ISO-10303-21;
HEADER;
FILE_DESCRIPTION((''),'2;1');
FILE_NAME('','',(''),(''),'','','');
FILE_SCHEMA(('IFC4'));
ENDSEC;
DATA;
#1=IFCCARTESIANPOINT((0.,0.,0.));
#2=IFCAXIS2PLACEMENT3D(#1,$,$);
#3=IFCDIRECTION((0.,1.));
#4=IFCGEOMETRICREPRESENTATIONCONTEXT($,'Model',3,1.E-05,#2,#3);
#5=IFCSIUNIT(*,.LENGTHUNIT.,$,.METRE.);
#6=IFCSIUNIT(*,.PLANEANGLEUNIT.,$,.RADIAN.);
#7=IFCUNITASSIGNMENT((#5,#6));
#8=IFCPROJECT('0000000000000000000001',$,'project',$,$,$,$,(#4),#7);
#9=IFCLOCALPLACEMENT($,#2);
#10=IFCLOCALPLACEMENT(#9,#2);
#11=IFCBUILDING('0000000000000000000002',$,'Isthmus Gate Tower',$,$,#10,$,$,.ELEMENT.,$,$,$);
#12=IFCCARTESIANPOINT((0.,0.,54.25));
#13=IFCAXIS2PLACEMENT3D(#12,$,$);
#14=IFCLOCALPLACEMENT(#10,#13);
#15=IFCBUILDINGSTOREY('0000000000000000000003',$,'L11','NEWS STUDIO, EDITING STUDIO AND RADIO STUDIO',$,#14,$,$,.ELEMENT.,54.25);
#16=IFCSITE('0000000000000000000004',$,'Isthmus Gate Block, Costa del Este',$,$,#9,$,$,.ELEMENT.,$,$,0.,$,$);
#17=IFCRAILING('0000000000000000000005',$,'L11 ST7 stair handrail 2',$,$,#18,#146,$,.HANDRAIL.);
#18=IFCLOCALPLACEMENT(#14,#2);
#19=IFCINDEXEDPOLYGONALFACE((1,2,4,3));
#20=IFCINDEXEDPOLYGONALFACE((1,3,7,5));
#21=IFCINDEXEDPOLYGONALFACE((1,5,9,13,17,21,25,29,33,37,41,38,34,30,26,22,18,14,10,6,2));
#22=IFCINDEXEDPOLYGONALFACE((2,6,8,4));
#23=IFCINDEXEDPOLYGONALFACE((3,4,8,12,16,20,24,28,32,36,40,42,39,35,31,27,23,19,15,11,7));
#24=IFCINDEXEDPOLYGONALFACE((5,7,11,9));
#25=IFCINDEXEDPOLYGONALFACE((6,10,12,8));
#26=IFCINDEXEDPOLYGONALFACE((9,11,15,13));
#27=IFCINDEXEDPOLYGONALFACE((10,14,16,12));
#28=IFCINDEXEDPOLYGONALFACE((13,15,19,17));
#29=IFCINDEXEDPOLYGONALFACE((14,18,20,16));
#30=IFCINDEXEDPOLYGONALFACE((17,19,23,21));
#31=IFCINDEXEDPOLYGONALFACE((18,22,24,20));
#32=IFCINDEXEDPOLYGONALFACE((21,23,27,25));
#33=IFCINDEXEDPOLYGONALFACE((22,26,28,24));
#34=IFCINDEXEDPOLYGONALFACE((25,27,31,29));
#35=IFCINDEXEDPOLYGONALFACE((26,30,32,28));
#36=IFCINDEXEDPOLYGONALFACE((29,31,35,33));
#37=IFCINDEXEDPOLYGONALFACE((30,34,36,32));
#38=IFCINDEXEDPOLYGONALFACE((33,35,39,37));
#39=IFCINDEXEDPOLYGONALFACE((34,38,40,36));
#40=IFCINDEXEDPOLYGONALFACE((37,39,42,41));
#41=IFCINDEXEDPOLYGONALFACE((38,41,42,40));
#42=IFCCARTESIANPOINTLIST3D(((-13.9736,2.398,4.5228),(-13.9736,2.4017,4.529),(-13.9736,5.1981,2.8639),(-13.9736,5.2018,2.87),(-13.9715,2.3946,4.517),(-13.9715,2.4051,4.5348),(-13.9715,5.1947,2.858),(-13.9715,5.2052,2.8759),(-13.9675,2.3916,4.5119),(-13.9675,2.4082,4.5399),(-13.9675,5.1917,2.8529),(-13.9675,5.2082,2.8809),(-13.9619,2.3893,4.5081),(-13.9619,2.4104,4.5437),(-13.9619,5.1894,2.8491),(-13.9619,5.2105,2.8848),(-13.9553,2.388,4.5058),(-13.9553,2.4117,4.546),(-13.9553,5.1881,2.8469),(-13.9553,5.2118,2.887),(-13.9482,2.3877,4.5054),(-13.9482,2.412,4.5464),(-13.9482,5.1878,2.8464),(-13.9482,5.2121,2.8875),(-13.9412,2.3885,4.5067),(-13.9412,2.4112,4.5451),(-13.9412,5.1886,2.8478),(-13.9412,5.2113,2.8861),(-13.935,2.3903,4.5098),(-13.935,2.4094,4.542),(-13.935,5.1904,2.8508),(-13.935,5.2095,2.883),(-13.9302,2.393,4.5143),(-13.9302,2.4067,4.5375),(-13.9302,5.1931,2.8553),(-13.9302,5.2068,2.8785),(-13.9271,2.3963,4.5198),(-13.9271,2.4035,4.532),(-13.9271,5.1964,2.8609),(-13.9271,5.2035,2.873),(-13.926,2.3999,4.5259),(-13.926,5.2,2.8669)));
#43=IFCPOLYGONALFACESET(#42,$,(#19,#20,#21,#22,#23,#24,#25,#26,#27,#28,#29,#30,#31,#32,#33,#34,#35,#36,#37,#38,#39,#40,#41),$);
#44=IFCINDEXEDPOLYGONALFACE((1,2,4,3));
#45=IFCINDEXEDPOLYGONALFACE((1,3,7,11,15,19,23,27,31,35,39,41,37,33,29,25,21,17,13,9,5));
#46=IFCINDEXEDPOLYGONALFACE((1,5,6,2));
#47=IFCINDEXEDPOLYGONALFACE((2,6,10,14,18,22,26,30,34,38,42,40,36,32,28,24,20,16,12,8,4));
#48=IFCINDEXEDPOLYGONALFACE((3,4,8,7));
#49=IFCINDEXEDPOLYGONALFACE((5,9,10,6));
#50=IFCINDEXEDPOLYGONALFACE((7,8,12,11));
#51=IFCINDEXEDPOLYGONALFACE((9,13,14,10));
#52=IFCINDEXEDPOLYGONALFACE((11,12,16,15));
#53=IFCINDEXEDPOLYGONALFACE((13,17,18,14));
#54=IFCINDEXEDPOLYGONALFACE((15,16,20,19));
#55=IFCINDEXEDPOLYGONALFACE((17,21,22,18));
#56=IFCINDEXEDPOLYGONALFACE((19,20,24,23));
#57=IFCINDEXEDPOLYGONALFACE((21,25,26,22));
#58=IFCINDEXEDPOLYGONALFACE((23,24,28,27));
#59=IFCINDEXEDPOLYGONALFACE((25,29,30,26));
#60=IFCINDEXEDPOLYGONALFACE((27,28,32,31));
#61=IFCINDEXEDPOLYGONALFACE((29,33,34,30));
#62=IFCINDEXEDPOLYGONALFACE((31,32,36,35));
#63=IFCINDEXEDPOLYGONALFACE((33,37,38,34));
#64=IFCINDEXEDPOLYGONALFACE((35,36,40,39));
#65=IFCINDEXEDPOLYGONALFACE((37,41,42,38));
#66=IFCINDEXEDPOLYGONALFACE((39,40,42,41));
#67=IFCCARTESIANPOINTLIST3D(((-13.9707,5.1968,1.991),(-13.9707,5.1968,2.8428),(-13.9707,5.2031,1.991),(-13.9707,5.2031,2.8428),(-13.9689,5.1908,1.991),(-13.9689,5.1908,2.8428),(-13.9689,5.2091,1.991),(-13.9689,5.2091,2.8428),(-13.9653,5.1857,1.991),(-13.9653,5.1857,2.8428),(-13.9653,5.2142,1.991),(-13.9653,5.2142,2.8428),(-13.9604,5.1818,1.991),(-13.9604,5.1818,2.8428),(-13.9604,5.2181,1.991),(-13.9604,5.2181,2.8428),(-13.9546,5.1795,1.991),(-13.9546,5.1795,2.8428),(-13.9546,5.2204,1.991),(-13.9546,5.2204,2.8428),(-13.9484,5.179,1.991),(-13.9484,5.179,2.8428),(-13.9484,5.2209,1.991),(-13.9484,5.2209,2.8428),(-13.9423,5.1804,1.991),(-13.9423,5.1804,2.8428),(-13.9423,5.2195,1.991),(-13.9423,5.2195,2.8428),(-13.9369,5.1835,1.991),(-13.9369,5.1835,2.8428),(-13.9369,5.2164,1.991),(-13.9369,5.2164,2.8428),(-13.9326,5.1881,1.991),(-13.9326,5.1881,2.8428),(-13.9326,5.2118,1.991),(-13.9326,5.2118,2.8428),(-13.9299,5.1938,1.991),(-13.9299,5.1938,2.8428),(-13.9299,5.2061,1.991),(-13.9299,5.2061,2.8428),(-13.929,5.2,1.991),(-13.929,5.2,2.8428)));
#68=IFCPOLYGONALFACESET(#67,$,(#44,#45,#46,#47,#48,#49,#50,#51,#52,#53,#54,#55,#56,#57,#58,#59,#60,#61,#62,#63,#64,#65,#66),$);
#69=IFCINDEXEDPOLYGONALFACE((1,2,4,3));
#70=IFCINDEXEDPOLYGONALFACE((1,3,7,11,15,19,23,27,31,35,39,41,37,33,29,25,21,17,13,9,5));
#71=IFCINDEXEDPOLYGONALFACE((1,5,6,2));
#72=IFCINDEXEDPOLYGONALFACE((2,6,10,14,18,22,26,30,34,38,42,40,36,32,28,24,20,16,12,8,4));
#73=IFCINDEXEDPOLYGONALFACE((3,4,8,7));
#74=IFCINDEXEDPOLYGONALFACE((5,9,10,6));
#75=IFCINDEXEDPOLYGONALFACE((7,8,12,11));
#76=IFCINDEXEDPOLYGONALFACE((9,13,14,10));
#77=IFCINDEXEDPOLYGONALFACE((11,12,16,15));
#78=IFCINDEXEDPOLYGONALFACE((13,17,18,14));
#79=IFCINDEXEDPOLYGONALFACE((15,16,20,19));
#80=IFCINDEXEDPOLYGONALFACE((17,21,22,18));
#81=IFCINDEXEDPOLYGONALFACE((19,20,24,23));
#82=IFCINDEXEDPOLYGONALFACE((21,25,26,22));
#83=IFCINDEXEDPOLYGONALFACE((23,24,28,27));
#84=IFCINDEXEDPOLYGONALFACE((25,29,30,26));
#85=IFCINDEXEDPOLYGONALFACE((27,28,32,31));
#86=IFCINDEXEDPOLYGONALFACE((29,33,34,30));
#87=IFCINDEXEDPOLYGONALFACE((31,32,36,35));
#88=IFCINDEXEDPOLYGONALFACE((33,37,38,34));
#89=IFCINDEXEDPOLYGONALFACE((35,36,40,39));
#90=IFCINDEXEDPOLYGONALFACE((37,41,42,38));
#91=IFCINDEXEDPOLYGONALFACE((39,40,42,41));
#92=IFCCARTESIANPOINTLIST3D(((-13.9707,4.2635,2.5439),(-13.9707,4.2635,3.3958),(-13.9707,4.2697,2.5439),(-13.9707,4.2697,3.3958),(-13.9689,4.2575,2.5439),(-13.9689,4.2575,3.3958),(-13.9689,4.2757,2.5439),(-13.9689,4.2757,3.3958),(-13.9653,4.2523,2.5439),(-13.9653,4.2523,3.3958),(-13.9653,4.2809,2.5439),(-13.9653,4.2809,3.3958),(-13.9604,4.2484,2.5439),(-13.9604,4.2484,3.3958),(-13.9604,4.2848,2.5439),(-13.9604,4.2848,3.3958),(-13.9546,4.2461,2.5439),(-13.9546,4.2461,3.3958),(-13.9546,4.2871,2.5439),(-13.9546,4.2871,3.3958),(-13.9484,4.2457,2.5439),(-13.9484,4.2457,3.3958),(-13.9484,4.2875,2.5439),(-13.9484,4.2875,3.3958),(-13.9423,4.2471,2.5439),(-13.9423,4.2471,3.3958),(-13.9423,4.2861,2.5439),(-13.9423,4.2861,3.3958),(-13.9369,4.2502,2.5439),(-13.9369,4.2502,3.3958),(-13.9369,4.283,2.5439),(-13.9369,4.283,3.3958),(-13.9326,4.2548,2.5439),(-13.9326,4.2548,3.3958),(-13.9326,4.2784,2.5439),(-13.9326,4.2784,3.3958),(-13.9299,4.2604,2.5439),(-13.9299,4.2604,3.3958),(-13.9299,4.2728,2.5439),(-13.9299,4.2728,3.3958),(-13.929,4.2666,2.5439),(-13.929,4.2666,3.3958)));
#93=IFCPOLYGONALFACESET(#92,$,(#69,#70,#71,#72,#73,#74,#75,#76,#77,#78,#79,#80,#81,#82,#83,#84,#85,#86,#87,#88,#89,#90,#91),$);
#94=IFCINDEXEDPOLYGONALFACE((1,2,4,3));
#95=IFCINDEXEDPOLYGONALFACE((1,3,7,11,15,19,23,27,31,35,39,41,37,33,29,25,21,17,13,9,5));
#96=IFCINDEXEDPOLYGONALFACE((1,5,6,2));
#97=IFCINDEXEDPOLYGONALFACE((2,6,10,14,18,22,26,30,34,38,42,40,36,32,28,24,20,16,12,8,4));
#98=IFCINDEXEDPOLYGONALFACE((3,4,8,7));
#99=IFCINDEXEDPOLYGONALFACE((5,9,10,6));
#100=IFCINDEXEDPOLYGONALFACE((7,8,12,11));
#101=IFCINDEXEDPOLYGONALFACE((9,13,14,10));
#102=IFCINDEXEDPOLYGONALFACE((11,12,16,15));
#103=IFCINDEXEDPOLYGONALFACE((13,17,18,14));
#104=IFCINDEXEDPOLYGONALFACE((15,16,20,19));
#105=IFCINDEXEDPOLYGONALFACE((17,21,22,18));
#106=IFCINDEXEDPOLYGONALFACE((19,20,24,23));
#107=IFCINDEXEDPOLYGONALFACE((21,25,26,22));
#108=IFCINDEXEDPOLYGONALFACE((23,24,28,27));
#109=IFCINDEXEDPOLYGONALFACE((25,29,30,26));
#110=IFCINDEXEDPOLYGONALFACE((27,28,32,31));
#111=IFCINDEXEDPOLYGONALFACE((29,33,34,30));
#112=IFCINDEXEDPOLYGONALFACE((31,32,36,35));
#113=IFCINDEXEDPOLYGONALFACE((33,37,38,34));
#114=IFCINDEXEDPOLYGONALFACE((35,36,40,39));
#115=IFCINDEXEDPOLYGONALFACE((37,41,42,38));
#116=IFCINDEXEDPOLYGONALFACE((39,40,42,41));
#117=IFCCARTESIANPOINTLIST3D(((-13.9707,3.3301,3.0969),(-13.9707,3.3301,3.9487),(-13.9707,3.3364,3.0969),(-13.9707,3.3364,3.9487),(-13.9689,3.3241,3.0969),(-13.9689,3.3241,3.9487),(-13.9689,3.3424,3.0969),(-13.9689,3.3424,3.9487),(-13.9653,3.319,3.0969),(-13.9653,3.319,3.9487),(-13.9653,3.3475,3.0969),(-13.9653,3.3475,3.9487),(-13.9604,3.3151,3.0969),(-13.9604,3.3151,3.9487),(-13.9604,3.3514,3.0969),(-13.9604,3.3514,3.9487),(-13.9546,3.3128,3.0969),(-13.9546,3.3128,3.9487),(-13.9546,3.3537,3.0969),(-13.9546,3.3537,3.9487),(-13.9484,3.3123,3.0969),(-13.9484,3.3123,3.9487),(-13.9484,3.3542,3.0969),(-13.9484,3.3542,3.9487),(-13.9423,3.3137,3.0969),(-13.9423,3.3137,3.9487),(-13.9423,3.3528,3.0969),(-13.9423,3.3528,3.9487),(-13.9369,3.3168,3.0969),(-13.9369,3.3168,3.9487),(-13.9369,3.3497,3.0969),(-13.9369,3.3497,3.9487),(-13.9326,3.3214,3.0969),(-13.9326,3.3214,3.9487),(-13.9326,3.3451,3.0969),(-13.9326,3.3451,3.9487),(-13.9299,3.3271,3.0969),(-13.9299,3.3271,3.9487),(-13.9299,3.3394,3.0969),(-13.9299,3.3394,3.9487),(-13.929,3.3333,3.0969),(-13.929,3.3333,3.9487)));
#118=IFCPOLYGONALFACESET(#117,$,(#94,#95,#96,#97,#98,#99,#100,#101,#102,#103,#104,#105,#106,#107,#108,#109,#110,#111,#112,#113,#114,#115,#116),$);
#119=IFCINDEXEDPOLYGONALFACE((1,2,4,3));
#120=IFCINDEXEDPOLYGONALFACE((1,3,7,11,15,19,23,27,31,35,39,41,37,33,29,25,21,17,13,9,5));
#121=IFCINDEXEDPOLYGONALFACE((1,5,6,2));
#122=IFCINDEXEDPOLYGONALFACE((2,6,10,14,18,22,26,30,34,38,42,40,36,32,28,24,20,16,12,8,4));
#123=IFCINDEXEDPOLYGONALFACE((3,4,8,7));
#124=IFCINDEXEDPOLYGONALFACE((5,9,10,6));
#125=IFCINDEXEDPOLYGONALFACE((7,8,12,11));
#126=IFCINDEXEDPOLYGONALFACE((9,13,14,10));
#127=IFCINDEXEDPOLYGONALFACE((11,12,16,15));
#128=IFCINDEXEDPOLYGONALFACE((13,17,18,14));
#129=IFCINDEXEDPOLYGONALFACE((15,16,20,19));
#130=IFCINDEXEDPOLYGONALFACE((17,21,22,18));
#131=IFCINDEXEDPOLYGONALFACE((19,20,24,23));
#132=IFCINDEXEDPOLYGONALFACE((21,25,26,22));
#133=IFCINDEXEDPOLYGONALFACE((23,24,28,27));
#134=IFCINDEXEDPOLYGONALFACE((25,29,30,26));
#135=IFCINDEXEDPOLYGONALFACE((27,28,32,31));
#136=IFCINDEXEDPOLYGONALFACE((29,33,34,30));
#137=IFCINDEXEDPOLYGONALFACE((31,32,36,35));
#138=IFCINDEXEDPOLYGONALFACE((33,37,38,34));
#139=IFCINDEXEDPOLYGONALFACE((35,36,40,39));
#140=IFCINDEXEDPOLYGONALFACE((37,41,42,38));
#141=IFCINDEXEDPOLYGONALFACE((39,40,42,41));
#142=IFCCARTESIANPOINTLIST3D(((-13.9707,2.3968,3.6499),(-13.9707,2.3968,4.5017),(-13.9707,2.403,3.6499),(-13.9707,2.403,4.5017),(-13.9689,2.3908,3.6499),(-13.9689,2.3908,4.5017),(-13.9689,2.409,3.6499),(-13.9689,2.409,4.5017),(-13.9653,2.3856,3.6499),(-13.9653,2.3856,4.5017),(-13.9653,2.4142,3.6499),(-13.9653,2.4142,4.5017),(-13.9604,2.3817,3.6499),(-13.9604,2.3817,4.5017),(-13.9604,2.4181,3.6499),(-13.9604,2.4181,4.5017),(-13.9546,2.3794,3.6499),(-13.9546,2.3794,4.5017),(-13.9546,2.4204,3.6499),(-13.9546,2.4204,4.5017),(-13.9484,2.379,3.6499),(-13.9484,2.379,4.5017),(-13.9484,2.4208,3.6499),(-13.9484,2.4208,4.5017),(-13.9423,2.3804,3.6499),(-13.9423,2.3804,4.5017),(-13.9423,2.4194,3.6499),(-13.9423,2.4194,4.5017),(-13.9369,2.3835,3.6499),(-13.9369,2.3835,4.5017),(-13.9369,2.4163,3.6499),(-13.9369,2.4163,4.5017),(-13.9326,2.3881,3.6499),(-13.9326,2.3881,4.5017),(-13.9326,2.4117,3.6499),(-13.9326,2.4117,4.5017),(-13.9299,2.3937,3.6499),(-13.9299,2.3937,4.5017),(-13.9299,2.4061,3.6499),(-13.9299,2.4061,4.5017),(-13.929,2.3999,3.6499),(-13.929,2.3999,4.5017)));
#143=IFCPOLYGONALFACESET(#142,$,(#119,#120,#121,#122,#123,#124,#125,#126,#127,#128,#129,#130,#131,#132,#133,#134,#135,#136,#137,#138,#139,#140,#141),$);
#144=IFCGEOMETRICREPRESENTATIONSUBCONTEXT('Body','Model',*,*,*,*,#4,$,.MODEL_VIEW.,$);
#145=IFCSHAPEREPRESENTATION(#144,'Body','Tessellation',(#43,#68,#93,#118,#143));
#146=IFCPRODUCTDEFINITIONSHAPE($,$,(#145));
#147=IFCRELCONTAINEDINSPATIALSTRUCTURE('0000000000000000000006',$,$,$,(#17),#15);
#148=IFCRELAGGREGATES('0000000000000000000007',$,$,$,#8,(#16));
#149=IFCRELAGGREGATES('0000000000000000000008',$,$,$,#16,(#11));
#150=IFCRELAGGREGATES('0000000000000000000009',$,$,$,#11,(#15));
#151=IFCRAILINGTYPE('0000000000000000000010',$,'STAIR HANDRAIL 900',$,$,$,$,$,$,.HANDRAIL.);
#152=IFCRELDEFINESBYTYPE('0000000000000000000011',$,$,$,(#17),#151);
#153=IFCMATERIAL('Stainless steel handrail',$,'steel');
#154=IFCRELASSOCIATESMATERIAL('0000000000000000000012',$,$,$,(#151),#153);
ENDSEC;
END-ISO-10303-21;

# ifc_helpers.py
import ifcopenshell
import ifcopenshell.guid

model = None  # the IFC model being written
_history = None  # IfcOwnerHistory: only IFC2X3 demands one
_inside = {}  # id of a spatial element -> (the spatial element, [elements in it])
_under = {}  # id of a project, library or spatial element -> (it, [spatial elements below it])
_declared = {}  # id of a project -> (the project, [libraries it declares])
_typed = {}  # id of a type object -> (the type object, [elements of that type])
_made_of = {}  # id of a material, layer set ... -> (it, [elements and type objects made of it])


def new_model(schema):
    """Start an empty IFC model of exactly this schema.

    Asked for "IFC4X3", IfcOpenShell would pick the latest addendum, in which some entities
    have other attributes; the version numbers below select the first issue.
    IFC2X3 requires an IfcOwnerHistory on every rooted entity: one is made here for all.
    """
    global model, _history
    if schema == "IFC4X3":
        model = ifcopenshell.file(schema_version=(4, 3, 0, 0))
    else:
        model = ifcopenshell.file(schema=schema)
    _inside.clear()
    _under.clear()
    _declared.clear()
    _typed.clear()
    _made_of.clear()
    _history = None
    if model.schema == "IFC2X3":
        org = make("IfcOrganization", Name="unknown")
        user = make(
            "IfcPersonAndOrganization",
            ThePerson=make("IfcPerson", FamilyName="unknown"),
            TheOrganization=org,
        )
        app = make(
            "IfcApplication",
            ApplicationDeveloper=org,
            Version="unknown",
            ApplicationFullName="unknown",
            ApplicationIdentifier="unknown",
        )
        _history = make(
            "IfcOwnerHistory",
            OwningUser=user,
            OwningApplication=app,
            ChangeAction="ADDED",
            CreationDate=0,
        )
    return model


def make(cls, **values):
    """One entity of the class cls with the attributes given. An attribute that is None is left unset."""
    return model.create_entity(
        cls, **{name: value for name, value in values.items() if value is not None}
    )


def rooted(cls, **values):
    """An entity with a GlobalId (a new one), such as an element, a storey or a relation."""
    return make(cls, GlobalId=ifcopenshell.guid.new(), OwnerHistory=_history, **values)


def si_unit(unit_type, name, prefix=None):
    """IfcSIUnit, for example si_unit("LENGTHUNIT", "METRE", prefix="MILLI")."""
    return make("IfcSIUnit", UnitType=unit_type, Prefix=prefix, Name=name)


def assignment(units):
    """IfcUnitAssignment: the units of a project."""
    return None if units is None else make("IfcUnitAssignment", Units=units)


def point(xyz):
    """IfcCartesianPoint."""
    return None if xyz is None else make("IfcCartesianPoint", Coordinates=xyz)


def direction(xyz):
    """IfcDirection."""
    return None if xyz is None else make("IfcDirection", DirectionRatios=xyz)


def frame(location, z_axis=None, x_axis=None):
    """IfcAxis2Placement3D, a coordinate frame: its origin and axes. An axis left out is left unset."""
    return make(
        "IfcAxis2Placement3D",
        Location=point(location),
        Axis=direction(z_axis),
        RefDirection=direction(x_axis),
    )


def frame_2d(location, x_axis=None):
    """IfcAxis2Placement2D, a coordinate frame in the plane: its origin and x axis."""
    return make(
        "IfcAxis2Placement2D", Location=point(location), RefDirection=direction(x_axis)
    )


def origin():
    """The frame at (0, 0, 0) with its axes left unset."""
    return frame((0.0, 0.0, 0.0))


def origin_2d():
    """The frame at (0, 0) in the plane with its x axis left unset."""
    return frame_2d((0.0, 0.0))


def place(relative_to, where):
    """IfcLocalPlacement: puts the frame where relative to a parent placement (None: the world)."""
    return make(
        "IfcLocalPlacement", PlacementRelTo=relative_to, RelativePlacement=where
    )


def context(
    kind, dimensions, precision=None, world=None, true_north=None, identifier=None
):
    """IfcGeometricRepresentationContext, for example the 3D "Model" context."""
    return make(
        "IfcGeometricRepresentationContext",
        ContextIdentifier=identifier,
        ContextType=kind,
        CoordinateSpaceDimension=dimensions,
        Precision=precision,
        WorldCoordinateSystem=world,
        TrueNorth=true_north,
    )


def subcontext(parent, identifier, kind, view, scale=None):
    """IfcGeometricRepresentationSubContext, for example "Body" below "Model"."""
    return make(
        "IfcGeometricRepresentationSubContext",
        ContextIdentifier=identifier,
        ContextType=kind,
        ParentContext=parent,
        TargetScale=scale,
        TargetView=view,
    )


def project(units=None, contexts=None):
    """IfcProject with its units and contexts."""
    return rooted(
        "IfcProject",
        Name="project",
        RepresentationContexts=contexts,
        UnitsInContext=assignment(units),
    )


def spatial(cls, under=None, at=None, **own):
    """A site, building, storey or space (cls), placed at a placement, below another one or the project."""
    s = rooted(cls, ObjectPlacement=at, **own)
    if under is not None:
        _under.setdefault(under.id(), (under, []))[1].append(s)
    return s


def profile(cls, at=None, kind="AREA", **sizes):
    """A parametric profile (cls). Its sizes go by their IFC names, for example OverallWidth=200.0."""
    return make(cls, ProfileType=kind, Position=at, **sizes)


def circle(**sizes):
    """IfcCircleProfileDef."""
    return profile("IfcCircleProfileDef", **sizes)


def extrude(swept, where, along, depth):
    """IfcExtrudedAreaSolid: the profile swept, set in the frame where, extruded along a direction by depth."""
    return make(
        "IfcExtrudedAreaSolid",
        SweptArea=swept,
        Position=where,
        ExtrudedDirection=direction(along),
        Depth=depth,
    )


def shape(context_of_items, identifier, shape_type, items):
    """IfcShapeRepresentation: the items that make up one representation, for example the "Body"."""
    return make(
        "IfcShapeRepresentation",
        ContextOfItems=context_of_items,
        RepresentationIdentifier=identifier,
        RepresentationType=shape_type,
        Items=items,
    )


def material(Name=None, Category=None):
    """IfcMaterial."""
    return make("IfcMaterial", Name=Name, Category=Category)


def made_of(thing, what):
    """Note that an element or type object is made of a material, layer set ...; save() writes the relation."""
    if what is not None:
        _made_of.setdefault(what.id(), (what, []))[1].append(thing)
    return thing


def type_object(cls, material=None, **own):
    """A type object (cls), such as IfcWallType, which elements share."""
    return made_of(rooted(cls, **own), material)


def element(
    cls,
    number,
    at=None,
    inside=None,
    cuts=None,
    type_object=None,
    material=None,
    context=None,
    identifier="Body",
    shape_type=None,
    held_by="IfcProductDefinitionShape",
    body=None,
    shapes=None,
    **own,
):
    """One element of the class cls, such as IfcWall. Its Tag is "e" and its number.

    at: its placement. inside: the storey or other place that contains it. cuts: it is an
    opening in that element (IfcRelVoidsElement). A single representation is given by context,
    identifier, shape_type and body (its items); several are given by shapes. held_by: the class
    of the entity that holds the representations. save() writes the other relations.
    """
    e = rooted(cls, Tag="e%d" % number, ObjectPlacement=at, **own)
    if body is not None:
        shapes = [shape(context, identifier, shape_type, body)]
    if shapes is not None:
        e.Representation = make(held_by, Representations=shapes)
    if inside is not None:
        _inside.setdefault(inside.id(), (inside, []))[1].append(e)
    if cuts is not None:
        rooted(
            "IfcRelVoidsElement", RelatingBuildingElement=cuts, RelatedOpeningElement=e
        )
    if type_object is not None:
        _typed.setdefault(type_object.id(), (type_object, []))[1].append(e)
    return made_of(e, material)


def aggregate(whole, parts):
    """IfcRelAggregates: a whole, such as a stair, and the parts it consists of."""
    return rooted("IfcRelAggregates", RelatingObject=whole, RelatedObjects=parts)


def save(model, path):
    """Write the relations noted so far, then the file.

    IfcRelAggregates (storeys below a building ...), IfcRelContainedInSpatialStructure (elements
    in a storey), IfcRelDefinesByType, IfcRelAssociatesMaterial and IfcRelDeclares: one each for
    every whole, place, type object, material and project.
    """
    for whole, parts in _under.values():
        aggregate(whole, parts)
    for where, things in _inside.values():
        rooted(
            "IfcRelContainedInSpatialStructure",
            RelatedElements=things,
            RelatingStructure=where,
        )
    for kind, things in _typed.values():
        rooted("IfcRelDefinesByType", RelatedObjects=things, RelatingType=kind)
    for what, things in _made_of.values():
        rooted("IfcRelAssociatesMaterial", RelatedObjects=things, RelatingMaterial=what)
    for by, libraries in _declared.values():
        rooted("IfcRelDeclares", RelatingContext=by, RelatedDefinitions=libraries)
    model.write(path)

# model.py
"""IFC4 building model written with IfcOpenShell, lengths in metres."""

from ifc_helpers import new_model, si_unit, direction, frame, origin, origin_2d, place, context, subcontext, project, spatial, circle, extrude, material, type_object, element, save


model = new_model("IFC4")

# Units and contexts
model_context = context("Model", 3, precision=1e-05, world=origin(), true_north=direction((0.0, 1.0)))
body_context = subcontext(model_context, "Body", "Model", "MODEL_VIEW")
ifc_project = project(units=[si_unit("LENGTHUNIT", "METRE"), si_unit("PLANEANGLEUNIT", "RADIAN")], contexts=[model_context])

# Site, building, storey
site_placement = place(None, origin())
site = spatial("IfcSite", under=ifc_project, at=site_placement, Name="Isthmus Gate Block, Costa del Este", CompositionType="ELEMENT", RefElevation=0.0)
building_placement = place(site_placement, origin())
building = spatial("IfcBuilding", under=site, at=building_placement, Name="Isthmus Gate Tower", CompositionType="ELEMENT")
storey_placement = place(building_placement, frame((0.0, 0.0, 54.25)))
storey = spatial("IfcBuildingStorey", under=building, at=storey_placement, Name="L11", Description="NEWS STUDIO, EDITING STUDIO AND RADIO STUDIO", CompositionType="ELEMENT", Elevation=54.25)

# Railing
ifc_material_1 = material(Name="Stainless steel handrail", Category="steel")
railing_type_1 = type_object("IfcRailingType", Name="STAIR HANDRAIL 900", PredefinedType="HANDRAIL", material=ifc_material_1)
railing_1_placement = place(storey_placement, frame((-13.95, 5.2, 1.991)))
element("IfcRailing", 1, at=railing_1_placement, inside=storey, type_object=railing_type_1, Name="L11 ST7 stair handrail 2", PredefinedType="HANDRAIL", context=body_context, shape_type="SweptSolid", body=[
    extrude(circle(Radius=0.0239, at=origin_2d()), frame((0.0, 0.0, 0.876), z_axis=(0.0, -0.860339, 0.509722), x_axis=(1.0, 0.0, 0.0)), (0.0, 0.0, 1.0), 3.2546),
    extrude(circle(Radius=0.021, at=origin_2d()), origin(), (0.0, 0.0, 1.0), 0.8518),
    extrude(circle(Radius=0.021, at=origin_2d()), frame((0.0, -0.9333, 0.553)), (0.0, 0.0, 1.0), 0.8518),
    extrude(circle(Radius=0.021, at=origin_2d()), frame((0.0, -1.8667, 1.106)), (0.0, 0.0, 1.0), 0.8518),
    extrude(circle(Radius=0.021, at=origin_2d()), frame((0.0, -2.8, 1.6589)), (0.0, 0.0, 1.0), 0.8518),
])

save(model, "model.ifc")
